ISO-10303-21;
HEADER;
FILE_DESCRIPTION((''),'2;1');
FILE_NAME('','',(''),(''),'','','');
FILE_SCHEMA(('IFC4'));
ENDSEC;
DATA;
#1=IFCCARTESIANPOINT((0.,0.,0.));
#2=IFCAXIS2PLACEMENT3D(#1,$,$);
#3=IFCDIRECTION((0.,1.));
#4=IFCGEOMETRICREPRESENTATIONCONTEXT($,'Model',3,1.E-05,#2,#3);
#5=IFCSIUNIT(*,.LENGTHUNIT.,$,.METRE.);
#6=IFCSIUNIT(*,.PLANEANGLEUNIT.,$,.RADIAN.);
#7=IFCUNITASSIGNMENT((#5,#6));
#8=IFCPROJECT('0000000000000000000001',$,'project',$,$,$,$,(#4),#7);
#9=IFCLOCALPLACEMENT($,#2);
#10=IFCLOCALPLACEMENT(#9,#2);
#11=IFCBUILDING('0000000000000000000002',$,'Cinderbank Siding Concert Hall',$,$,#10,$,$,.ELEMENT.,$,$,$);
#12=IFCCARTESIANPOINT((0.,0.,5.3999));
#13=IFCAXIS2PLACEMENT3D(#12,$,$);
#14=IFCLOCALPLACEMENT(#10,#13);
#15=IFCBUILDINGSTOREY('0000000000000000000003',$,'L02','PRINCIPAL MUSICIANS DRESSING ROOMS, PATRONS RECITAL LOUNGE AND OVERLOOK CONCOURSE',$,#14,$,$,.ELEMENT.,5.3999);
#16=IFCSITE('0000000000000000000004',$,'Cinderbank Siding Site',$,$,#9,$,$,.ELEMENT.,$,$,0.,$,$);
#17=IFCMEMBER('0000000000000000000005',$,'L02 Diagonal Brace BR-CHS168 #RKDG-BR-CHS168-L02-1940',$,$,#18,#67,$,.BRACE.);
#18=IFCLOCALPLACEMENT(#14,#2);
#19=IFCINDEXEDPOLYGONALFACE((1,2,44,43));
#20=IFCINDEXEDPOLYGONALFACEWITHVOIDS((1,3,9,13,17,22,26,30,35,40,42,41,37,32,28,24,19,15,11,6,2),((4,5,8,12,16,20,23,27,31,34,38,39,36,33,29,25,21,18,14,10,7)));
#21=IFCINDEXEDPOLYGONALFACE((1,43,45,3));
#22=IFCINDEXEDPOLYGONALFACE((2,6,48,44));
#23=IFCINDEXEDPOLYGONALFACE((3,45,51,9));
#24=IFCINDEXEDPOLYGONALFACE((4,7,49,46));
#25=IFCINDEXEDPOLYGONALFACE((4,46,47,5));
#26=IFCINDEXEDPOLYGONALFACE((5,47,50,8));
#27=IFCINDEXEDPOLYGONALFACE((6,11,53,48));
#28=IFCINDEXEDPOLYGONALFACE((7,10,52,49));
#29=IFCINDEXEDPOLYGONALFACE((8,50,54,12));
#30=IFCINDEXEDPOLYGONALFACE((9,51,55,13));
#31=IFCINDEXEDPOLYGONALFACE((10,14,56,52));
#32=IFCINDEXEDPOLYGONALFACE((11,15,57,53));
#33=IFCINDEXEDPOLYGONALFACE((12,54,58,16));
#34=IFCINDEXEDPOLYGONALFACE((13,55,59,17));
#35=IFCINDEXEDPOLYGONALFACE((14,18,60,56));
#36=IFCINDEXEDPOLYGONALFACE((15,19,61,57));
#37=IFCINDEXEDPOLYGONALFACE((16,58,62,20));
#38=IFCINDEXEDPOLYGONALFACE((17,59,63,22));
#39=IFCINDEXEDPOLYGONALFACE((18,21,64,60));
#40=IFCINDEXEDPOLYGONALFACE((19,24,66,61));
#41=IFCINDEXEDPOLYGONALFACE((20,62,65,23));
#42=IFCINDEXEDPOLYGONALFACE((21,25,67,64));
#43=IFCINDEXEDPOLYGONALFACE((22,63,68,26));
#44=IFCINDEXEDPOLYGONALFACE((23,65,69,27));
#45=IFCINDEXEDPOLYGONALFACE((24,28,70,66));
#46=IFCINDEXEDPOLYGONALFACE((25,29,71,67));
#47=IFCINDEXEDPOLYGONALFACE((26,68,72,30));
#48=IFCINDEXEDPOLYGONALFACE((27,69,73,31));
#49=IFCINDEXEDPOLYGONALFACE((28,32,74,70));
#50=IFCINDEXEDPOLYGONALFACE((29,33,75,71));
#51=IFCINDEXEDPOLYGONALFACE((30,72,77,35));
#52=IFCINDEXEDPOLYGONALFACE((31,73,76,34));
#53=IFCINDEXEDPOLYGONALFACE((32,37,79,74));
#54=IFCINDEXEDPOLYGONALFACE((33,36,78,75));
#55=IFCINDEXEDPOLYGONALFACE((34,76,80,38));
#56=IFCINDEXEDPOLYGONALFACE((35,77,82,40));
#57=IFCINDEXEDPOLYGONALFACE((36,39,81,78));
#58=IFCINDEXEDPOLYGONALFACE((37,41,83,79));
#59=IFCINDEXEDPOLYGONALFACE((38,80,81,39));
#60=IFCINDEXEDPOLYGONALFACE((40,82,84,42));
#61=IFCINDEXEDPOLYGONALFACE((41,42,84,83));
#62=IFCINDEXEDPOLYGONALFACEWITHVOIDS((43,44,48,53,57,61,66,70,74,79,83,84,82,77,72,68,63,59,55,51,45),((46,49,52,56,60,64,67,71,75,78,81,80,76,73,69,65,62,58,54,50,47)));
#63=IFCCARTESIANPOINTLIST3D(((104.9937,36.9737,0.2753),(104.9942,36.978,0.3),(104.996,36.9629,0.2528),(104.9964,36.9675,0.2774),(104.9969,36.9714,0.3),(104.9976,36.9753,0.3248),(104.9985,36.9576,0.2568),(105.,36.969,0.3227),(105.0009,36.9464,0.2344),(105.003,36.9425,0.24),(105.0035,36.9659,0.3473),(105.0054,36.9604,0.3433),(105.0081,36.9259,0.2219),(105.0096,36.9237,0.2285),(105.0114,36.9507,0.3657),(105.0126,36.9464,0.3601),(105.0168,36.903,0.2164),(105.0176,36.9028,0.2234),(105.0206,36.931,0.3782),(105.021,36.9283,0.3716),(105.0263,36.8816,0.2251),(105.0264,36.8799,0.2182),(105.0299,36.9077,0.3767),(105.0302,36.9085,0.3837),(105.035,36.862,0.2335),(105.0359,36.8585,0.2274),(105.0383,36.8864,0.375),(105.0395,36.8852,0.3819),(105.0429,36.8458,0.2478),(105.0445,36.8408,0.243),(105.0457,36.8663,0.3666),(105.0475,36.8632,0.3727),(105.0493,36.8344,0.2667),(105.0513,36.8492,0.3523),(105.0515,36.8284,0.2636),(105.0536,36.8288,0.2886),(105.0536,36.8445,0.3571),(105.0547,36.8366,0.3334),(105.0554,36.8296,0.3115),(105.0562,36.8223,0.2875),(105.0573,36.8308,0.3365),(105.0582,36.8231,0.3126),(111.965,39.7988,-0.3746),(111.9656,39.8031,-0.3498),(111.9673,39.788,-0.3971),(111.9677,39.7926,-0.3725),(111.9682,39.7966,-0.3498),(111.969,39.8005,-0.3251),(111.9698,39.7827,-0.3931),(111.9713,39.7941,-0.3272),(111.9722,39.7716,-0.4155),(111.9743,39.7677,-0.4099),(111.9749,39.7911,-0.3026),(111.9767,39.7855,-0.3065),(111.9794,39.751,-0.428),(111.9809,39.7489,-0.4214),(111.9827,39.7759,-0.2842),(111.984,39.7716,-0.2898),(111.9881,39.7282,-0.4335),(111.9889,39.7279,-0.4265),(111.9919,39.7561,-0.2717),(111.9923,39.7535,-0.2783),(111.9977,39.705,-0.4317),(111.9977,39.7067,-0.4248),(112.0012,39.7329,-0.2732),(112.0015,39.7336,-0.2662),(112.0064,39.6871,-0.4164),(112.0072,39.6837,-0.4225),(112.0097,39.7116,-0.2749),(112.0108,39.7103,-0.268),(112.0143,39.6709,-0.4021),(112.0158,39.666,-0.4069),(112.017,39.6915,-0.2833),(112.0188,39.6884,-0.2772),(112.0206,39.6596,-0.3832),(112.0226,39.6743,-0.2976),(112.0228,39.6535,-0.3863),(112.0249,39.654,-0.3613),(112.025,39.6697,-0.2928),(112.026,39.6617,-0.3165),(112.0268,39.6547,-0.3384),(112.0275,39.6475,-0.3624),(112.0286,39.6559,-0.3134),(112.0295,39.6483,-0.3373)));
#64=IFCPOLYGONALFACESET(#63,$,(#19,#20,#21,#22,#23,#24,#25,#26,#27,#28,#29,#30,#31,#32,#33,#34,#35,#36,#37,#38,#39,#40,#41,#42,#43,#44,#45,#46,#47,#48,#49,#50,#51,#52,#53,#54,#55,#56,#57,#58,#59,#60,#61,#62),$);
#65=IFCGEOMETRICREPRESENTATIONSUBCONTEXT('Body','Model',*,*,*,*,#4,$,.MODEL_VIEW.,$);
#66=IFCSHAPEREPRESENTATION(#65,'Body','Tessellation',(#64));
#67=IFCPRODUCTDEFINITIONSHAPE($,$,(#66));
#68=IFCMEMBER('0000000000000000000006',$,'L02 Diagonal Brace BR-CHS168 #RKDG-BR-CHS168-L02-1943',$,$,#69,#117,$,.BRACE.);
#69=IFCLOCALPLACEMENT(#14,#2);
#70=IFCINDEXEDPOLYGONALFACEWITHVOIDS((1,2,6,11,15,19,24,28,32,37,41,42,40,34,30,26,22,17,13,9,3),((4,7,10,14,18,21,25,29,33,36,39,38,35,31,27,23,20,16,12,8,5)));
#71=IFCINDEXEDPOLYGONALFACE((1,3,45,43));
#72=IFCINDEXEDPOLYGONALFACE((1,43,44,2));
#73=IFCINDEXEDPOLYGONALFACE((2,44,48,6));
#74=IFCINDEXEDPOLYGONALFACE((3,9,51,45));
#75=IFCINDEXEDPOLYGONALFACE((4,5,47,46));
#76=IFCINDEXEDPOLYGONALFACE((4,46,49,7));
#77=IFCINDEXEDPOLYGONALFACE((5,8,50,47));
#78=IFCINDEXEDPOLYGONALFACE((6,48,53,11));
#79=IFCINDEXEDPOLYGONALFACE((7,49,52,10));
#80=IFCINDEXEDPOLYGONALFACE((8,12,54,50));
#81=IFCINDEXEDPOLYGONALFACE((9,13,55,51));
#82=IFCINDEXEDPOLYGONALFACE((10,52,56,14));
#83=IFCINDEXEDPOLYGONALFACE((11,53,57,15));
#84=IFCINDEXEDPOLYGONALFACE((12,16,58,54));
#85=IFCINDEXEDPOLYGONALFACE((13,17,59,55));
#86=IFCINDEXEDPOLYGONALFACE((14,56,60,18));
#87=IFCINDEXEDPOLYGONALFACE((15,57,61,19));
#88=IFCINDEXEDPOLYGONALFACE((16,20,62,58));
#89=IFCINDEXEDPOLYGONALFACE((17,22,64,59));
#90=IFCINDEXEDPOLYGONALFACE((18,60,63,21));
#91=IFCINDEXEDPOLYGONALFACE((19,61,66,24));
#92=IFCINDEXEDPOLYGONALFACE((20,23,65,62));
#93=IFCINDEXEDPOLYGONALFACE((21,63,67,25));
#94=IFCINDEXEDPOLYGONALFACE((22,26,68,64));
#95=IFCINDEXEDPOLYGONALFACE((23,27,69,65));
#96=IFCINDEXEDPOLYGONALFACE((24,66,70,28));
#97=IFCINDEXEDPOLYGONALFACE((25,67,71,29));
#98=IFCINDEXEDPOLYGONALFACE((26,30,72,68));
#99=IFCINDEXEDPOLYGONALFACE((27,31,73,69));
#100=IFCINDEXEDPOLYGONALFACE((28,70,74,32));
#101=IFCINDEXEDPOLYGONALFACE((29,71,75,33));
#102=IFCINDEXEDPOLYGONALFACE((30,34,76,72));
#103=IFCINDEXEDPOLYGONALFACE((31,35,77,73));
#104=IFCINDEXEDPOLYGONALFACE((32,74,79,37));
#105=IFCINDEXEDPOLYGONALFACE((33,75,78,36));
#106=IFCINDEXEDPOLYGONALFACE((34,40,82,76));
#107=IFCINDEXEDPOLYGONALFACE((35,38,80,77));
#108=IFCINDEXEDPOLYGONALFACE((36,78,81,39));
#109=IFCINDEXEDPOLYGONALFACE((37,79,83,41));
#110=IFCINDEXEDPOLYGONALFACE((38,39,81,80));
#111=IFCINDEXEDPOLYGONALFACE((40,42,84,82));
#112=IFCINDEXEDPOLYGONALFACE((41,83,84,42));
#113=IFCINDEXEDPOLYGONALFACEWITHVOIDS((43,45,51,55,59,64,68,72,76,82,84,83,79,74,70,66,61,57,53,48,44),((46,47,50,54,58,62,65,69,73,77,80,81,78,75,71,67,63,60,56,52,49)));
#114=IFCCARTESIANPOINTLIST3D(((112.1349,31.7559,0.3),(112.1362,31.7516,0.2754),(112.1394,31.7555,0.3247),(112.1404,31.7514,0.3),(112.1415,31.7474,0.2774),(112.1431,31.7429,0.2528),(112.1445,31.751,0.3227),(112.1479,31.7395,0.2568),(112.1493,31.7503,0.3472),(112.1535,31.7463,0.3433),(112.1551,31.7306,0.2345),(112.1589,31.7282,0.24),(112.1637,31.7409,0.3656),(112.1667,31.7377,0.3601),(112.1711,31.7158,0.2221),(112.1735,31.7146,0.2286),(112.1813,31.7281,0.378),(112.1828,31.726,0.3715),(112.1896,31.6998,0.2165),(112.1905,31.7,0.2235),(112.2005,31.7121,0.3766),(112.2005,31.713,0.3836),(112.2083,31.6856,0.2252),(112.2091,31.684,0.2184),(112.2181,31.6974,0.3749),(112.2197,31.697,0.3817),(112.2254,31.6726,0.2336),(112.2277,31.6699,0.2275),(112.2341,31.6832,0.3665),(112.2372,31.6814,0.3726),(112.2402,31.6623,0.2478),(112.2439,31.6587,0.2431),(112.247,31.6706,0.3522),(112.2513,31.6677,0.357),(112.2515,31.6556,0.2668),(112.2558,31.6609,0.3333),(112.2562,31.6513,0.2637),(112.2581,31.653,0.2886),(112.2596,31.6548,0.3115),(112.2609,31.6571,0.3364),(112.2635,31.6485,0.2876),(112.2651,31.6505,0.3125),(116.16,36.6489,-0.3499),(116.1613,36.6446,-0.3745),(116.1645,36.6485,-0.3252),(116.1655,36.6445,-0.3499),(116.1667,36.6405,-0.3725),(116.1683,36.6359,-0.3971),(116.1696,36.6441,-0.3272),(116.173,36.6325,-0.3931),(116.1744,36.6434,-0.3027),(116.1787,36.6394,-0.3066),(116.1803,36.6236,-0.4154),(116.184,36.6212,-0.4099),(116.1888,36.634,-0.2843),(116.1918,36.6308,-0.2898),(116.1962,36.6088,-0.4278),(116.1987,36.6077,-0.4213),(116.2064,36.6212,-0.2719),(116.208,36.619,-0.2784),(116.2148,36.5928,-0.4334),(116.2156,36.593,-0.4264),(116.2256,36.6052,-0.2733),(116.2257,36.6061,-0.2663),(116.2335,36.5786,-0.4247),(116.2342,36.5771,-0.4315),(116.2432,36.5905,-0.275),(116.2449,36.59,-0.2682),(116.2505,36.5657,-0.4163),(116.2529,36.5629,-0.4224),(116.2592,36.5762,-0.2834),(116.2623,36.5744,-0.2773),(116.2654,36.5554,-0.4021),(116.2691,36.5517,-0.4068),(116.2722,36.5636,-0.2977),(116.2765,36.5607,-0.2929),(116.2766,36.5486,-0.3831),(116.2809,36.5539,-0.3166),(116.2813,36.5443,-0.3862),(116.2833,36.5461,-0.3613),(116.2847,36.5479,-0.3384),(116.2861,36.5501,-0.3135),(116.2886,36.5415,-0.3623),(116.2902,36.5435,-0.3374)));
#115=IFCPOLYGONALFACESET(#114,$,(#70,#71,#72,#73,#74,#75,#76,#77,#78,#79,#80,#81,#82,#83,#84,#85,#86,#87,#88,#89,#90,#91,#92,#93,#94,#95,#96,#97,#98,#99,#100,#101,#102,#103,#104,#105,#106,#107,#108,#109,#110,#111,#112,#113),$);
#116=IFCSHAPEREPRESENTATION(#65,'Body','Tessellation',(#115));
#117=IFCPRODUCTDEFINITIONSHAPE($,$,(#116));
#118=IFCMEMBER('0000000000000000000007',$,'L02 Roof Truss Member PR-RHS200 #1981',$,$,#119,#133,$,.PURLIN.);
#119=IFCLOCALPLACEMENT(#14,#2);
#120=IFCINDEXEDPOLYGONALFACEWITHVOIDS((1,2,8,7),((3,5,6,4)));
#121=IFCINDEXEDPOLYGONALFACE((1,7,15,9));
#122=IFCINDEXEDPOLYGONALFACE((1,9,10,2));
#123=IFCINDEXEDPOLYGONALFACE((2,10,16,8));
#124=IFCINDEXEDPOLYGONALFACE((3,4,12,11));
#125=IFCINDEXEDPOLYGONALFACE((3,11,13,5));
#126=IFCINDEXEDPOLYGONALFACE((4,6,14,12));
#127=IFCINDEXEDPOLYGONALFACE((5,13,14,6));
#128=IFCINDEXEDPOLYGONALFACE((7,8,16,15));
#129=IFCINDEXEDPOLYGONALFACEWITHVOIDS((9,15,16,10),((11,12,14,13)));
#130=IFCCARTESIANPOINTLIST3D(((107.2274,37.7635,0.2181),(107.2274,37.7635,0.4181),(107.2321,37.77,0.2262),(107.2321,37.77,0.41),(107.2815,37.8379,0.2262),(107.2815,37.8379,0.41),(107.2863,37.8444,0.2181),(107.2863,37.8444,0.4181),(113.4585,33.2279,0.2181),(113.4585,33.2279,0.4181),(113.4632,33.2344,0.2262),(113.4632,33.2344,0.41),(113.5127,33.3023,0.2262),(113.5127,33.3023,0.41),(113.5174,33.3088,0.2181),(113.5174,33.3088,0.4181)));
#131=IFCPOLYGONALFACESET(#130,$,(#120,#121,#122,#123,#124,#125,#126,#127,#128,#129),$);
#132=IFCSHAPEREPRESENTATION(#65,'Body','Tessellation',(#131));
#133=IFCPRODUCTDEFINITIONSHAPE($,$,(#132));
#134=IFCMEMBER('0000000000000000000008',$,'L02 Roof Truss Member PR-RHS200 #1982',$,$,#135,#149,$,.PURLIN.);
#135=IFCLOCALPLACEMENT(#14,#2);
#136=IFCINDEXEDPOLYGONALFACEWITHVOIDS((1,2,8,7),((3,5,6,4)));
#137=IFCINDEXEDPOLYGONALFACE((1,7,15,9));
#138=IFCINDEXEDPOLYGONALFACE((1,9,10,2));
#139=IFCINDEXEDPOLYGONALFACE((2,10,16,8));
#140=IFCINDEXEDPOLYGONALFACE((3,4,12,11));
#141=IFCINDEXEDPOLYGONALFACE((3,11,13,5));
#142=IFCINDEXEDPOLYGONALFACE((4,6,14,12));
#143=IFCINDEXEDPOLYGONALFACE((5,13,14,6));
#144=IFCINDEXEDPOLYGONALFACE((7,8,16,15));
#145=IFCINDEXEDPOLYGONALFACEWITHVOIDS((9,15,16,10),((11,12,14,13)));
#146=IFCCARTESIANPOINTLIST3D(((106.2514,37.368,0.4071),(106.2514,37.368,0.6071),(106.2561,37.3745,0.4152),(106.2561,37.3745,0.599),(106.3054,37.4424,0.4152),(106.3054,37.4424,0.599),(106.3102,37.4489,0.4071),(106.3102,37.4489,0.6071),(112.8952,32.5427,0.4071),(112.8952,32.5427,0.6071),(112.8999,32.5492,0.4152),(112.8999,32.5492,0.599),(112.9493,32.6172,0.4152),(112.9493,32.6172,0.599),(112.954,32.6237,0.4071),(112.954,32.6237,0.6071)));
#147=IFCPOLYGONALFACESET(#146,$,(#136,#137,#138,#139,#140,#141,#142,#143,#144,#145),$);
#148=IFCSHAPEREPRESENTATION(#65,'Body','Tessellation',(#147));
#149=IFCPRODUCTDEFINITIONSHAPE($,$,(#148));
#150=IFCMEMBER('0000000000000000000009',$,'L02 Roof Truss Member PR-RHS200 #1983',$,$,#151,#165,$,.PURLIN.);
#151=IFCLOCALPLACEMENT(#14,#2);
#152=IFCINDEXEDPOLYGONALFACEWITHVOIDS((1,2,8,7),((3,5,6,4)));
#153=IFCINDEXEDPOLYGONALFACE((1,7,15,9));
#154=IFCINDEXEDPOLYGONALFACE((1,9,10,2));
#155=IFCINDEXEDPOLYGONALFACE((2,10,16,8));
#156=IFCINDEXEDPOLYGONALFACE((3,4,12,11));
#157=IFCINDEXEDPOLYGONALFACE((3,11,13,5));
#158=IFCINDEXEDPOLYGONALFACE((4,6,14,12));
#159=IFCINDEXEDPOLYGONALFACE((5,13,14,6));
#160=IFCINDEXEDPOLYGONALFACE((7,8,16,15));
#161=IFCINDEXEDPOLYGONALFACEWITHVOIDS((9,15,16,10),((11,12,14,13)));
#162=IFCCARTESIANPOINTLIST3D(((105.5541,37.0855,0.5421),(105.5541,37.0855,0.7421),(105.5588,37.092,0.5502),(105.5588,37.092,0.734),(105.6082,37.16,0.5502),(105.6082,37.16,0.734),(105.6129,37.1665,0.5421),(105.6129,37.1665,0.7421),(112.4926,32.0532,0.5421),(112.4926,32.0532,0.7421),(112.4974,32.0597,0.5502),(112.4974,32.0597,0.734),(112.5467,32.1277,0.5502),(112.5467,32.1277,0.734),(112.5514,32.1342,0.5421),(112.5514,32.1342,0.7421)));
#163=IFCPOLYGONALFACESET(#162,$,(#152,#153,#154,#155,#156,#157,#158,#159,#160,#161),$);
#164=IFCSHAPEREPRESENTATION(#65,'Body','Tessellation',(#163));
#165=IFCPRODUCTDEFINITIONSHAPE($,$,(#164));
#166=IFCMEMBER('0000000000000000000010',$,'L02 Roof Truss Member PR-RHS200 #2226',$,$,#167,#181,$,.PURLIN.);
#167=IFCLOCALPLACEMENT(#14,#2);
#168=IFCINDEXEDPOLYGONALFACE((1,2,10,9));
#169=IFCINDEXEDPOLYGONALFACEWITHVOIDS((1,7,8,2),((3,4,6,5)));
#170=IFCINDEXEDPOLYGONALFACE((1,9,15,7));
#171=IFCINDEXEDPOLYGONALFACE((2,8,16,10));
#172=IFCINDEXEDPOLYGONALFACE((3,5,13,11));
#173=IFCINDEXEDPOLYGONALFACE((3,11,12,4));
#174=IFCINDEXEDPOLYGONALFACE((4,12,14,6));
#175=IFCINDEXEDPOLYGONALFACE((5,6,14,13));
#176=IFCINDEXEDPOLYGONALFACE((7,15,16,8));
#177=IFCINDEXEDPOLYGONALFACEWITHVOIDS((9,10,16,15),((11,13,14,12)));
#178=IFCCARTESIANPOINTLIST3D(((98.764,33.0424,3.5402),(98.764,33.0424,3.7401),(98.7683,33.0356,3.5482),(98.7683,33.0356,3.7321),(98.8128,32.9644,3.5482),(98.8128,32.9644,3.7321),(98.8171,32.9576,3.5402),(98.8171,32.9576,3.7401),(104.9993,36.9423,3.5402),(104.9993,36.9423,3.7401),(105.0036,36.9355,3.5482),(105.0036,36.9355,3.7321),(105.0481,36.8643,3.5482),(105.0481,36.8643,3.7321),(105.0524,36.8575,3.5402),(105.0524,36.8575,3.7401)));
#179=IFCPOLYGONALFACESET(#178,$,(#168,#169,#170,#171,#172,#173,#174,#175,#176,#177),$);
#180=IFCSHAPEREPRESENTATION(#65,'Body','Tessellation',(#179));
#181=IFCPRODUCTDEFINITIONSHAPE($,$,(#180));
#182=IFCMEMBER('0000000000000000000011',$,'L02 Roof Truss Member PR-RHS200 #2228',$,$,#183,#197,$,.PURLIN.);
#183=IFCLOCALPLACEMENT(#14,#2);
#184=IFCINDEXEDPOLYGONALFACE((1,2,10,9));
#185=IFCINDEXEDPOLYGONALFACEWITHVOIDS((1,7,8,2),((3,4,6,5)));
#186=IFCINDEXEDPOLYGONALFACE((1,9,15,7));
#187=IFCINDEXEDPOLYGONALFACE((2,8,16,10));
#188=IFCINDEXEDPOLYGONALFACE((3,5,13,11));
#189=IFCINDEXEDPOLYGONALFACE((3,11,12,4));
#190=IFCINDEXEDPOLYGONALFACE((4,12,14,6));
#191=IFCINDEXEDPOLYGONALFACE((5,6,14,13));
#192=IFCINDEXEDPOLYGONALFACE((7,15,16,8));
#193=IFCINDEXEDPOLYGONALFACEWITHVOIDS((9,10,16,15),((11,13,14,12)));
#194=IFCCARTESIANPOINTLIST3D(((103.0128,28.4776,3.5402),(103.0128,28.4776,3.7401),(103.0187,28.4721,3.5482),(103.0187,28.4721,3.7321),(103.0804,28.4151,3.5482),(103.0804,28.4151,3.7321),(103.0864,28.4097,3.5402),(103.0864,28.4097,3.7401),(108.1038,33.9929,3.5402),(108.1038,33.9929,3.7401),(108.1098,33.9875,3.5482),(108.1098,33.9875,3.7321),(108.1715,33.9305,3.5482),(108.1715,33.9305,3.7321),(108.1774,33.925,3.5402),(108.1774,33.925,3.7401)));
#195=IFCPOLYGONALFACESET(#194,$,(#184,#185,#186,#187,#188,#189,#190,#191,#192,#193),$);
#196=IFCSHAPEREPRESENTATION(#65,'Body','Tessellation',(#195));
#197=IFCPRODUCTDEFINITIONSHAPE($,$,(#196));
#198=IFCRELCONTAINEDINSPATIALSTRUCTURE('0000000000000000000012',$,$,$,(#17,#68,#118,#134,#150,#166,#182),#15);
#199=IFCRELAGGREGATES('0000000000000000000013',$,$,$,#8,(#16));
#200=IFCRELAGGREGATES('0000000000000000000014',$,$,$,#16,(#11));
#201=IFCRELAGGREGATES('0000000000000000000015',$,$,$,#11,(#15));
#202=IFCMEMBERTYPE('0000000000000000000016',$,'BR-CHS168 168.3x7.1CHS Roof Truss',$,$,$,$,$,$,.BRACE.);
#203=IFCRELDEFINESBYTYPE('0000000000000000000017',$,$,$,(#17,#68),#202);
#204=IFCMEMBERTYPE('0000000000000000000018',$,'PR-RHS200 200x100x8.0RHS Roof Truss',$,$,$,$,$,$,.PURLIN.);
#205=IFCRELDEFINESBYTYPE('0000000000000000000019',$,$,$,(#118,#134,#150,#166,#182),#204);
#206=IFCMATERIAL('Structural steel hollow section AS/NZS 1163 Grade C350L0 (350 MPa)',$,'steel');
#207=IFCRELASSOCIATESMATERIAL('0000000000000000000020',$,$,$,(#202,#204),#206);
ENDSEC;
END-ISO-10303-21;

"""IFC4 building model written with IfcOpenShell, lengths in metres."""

from ifc_helpers import new_model, si_unit, direction, frame, origin, origin_2d, place, context, subcontext, project, spatial, hollow_rectangle, hollow_circle, extrude, material, material_profile, profile_set, type_object, element, save


model = new_model("IFC4")

# Units and contexts
model_context = context("Model", 3, precision=1e-05, world=origin(), true_north=direction((0.0, 1.0)))
body_context = subcontext(model_context, "Body", "Model", "MODEL_VIEW")
ifc_project = project(units=[si_unit("LENGTHUNIT", "METRE"), si_unit("PLANEANGLEUNIT", "RADIAN")], contexts=[model_context])

# Site, building, storey
site_placement = place(None, origin())
site = spatial("IfcSite", under=ifc_project, at=site_placement, Name="Cinderbank Siding Site", CompositionType="ELEMENT", RefElevation=0.0)
building_placement = place(site_placement, origin())
building = spatial("IfcBuilding", under=site, at=building_placement, Name="Cinderbank Siding Concert Hall", CompositionType="ELEMENT")
storey_placement = place(building_placement, frame((0.0, 0.0, 5.3999)))
storey = spatial("IfcBuildingStorey", under=building, at=storey_placement, Name="L02", Description="PRINCIPAL MUSICIANS DRESSING ROOMS, PATRONS RECITAL LOUNGE AND OVERLOOK CONCOURSE", CompositionType="ELEMENT", Elevation=5.3999)

# Members
ifc_material_1 = material(Name="Structural steel hollow section AS/NZS 1163 Grade C350L0 (350 MPa)", Category="steel")
ifc_material_profile_1 = material_profile(ifc_material_1, hollow_circle(Radius=0.0842, WallThickness=0.0071, at=origin_2d()), Name="168.3x7.1CHS", Category="LoadBearing")
ifc_profile_set_1 = profile_set([ifc_material_profile_1], Name="Structural steel hollow section AS/NZS 1163 Grade C350L0 (350 MPa)")
member_type_1 = type_object("IfcMemberType", Name="BR-CHS168 168.3x7.1CHS Roof Truss", PredefinedType="BRACE", material=ifc_profile_set_1)
member_1_placement = place(storey_placement, frame((105.0259, 36.8999, 0.3), z_axis=(0.923349, 0.37419, -0.086078), x_axis=(-0.375584, 0.926788, 0.0)))
element("IfcMember", 1, at=member_1_placement, inside=storey, type_object=member_type_1, Name="L02 Diagonal Brace BR-CHS168 #RKDG-BR-CHS168-L02-1940", PredefinedType="BRACE", context=body_context, shape_type="SweptSolid", body=[
    extrude(hollow_circle(Radius=0.0842, WallThickness=0.0071, at=origin_2d()), origin(), (0.0, 0.0, 1.0), 7.55),
])
member_2_placement = place(storey_placement, frame((112.2, 31.7024, 0.3), z_axis=(0.631974, 0.768243, -0.102039), x_axis=(-0.772274, 0.63529, 0.0)))
element("IfcMember", 2, at=member_2_placement, inside=storey, type_object=member_type_1, Name="L02 Diagonal Brace BR-CHS168 #RKDG-BR-CHS168-L02-1943", PredefinedType="BRACE", context=body_context, shape_type="SweptSolid", body=[
    extrude(hollow_circle(Radius=0.0842, WallThickness=0.0071, at=origin_2d()), origin(), (0.0, 0.0, 1.0), 6.3691),
])
ifc_material_profile_2 = material_profile(ifc_material_1, hollow_rectangle(XDim=0.1001, YDim=0.2, WallThickness=0.0081, at=origin_2d()), Name="200x100x8.0RHS", Category="LoadBearing")
ifc_profile_set_2 = profile_set([ifc_material_profile_2], Name="Structural steel hollow section AS/NZS 1163 Grade C350L0 (350 MPa)")
member_type_2 = type_object("IfcMemberType", Name="PR-RHS200 200x100x8.0RHS Roof Truss", PredefinedType="PURLIN", material=ifc_profile_set_2)
member_3_placement = place(storey_placement, frame((107.2568, 37.804, 0.3181), z_axis=(0.808498, -0.588499, 0.0), x_axis=(0.588499, 0.808498, 0.0)))
element("IfcMember", 3, at=member_3_placement, inside=storey, type_object=member_type_2, Name="L02 Roof Truss Member PR-RHS200 #1981", PredefinedType="PURLIN", context=body_context, shape_type="SweptSolid", body=[
    extrude(hollow_rectangle(XDim=0.1001, YDim=0.2, WallThickness=0.0081, at=origin_2d()), origin(), (0.0, 0.0, 1.0), 7.707),
])
member_4_placement = place(storey_placement, frame((106.2808, 37.4084, 0.5071), z_axis=(0.809122, -0.587641, 0.0), x_axis=(0.587641, 0.809122, 0.0)))
element("IfcMember", 4, at=member_4_placement, inside=storey, type_object=member_type_2, Name="L02 Roof Truss Member PR-RHS200 #1982", PredefinedType="PURLIN", context=body_context, shape_type="SweptSolid", body=[
    extrude(hollow_rectangle(XDim=0.1001, YDim=0.2, WallThickness=0.0081, at=origin_2d()), origin(), (0.0, 0.0, 1.0), 8.2112),
])
member_5_placement = place(storey_placement, frame((105.5835, 37.126, 0.6421), z_axis=(0.809509, -0.587108, 0.0), x_axis=(0.587108, 0.809509, 0.0)))
element("IfcMember", 5, at=member_5_placement, inside=storey, type_object=member_type_2, Name="L02 Roof Truss Member PR-RHS200 #1983", PredefinedType="PURLIN", context=body_context, shape_type="SweptSolid", body=[
    extrude(hollow_rectangle(XDim=0.1001, YDim=0.2, WallThickness=0.0081, at=origin_2d()), origin(), (0.0, 0.0, 1.0), 8.5713),
])
member_6_placement = place(storey_placement, frame((105.0259, 36.8999, 3.6401), z_axis=(-0.847827, -0.530273, 0.0), x_axis=(0.530273, -0.847827, 0.0)))
element("IfcMember", 6, at=member_6_placement, inside=storey, type_object=member_type_2, Name="L02 Roof Truss Member PR-RHS200 #2226", PredefinedType="PURLIN", context=body_context, shape_type="SweptSolid", body=[
    extrude(hollow_rectangle(XDim=0.1001, YDim=0.2, WallThickness=0.0081, at=origin_2d()), origin(), (0.0, 0.0, 1.0), 7.3545),
])
member_7_placement = place(storey_placement, frame((108.1406, 33.959, 3.6401), z_axis=(-0.678276, -0.734807, 0.0), x_axis=(0.734807, -0.678276, 0.0)))
element("IfcMember", 7, at=member_7_placement, inside=storey, type_object=member_type_2, Name="L02 Roof Truss Member PR-RHS200 #2228", PredefinedType="PURLIN", context=body_context, shape_type="SweptSolid", body=[
    extrude(hollow_rectangle(XDim=0.1001, YDim=0.2, WallThickness=0.0081, at=origin_2d()), origin(), (0.0, 0.0, 1.0), 7.5059),
])

save(model, "model.ifc")
